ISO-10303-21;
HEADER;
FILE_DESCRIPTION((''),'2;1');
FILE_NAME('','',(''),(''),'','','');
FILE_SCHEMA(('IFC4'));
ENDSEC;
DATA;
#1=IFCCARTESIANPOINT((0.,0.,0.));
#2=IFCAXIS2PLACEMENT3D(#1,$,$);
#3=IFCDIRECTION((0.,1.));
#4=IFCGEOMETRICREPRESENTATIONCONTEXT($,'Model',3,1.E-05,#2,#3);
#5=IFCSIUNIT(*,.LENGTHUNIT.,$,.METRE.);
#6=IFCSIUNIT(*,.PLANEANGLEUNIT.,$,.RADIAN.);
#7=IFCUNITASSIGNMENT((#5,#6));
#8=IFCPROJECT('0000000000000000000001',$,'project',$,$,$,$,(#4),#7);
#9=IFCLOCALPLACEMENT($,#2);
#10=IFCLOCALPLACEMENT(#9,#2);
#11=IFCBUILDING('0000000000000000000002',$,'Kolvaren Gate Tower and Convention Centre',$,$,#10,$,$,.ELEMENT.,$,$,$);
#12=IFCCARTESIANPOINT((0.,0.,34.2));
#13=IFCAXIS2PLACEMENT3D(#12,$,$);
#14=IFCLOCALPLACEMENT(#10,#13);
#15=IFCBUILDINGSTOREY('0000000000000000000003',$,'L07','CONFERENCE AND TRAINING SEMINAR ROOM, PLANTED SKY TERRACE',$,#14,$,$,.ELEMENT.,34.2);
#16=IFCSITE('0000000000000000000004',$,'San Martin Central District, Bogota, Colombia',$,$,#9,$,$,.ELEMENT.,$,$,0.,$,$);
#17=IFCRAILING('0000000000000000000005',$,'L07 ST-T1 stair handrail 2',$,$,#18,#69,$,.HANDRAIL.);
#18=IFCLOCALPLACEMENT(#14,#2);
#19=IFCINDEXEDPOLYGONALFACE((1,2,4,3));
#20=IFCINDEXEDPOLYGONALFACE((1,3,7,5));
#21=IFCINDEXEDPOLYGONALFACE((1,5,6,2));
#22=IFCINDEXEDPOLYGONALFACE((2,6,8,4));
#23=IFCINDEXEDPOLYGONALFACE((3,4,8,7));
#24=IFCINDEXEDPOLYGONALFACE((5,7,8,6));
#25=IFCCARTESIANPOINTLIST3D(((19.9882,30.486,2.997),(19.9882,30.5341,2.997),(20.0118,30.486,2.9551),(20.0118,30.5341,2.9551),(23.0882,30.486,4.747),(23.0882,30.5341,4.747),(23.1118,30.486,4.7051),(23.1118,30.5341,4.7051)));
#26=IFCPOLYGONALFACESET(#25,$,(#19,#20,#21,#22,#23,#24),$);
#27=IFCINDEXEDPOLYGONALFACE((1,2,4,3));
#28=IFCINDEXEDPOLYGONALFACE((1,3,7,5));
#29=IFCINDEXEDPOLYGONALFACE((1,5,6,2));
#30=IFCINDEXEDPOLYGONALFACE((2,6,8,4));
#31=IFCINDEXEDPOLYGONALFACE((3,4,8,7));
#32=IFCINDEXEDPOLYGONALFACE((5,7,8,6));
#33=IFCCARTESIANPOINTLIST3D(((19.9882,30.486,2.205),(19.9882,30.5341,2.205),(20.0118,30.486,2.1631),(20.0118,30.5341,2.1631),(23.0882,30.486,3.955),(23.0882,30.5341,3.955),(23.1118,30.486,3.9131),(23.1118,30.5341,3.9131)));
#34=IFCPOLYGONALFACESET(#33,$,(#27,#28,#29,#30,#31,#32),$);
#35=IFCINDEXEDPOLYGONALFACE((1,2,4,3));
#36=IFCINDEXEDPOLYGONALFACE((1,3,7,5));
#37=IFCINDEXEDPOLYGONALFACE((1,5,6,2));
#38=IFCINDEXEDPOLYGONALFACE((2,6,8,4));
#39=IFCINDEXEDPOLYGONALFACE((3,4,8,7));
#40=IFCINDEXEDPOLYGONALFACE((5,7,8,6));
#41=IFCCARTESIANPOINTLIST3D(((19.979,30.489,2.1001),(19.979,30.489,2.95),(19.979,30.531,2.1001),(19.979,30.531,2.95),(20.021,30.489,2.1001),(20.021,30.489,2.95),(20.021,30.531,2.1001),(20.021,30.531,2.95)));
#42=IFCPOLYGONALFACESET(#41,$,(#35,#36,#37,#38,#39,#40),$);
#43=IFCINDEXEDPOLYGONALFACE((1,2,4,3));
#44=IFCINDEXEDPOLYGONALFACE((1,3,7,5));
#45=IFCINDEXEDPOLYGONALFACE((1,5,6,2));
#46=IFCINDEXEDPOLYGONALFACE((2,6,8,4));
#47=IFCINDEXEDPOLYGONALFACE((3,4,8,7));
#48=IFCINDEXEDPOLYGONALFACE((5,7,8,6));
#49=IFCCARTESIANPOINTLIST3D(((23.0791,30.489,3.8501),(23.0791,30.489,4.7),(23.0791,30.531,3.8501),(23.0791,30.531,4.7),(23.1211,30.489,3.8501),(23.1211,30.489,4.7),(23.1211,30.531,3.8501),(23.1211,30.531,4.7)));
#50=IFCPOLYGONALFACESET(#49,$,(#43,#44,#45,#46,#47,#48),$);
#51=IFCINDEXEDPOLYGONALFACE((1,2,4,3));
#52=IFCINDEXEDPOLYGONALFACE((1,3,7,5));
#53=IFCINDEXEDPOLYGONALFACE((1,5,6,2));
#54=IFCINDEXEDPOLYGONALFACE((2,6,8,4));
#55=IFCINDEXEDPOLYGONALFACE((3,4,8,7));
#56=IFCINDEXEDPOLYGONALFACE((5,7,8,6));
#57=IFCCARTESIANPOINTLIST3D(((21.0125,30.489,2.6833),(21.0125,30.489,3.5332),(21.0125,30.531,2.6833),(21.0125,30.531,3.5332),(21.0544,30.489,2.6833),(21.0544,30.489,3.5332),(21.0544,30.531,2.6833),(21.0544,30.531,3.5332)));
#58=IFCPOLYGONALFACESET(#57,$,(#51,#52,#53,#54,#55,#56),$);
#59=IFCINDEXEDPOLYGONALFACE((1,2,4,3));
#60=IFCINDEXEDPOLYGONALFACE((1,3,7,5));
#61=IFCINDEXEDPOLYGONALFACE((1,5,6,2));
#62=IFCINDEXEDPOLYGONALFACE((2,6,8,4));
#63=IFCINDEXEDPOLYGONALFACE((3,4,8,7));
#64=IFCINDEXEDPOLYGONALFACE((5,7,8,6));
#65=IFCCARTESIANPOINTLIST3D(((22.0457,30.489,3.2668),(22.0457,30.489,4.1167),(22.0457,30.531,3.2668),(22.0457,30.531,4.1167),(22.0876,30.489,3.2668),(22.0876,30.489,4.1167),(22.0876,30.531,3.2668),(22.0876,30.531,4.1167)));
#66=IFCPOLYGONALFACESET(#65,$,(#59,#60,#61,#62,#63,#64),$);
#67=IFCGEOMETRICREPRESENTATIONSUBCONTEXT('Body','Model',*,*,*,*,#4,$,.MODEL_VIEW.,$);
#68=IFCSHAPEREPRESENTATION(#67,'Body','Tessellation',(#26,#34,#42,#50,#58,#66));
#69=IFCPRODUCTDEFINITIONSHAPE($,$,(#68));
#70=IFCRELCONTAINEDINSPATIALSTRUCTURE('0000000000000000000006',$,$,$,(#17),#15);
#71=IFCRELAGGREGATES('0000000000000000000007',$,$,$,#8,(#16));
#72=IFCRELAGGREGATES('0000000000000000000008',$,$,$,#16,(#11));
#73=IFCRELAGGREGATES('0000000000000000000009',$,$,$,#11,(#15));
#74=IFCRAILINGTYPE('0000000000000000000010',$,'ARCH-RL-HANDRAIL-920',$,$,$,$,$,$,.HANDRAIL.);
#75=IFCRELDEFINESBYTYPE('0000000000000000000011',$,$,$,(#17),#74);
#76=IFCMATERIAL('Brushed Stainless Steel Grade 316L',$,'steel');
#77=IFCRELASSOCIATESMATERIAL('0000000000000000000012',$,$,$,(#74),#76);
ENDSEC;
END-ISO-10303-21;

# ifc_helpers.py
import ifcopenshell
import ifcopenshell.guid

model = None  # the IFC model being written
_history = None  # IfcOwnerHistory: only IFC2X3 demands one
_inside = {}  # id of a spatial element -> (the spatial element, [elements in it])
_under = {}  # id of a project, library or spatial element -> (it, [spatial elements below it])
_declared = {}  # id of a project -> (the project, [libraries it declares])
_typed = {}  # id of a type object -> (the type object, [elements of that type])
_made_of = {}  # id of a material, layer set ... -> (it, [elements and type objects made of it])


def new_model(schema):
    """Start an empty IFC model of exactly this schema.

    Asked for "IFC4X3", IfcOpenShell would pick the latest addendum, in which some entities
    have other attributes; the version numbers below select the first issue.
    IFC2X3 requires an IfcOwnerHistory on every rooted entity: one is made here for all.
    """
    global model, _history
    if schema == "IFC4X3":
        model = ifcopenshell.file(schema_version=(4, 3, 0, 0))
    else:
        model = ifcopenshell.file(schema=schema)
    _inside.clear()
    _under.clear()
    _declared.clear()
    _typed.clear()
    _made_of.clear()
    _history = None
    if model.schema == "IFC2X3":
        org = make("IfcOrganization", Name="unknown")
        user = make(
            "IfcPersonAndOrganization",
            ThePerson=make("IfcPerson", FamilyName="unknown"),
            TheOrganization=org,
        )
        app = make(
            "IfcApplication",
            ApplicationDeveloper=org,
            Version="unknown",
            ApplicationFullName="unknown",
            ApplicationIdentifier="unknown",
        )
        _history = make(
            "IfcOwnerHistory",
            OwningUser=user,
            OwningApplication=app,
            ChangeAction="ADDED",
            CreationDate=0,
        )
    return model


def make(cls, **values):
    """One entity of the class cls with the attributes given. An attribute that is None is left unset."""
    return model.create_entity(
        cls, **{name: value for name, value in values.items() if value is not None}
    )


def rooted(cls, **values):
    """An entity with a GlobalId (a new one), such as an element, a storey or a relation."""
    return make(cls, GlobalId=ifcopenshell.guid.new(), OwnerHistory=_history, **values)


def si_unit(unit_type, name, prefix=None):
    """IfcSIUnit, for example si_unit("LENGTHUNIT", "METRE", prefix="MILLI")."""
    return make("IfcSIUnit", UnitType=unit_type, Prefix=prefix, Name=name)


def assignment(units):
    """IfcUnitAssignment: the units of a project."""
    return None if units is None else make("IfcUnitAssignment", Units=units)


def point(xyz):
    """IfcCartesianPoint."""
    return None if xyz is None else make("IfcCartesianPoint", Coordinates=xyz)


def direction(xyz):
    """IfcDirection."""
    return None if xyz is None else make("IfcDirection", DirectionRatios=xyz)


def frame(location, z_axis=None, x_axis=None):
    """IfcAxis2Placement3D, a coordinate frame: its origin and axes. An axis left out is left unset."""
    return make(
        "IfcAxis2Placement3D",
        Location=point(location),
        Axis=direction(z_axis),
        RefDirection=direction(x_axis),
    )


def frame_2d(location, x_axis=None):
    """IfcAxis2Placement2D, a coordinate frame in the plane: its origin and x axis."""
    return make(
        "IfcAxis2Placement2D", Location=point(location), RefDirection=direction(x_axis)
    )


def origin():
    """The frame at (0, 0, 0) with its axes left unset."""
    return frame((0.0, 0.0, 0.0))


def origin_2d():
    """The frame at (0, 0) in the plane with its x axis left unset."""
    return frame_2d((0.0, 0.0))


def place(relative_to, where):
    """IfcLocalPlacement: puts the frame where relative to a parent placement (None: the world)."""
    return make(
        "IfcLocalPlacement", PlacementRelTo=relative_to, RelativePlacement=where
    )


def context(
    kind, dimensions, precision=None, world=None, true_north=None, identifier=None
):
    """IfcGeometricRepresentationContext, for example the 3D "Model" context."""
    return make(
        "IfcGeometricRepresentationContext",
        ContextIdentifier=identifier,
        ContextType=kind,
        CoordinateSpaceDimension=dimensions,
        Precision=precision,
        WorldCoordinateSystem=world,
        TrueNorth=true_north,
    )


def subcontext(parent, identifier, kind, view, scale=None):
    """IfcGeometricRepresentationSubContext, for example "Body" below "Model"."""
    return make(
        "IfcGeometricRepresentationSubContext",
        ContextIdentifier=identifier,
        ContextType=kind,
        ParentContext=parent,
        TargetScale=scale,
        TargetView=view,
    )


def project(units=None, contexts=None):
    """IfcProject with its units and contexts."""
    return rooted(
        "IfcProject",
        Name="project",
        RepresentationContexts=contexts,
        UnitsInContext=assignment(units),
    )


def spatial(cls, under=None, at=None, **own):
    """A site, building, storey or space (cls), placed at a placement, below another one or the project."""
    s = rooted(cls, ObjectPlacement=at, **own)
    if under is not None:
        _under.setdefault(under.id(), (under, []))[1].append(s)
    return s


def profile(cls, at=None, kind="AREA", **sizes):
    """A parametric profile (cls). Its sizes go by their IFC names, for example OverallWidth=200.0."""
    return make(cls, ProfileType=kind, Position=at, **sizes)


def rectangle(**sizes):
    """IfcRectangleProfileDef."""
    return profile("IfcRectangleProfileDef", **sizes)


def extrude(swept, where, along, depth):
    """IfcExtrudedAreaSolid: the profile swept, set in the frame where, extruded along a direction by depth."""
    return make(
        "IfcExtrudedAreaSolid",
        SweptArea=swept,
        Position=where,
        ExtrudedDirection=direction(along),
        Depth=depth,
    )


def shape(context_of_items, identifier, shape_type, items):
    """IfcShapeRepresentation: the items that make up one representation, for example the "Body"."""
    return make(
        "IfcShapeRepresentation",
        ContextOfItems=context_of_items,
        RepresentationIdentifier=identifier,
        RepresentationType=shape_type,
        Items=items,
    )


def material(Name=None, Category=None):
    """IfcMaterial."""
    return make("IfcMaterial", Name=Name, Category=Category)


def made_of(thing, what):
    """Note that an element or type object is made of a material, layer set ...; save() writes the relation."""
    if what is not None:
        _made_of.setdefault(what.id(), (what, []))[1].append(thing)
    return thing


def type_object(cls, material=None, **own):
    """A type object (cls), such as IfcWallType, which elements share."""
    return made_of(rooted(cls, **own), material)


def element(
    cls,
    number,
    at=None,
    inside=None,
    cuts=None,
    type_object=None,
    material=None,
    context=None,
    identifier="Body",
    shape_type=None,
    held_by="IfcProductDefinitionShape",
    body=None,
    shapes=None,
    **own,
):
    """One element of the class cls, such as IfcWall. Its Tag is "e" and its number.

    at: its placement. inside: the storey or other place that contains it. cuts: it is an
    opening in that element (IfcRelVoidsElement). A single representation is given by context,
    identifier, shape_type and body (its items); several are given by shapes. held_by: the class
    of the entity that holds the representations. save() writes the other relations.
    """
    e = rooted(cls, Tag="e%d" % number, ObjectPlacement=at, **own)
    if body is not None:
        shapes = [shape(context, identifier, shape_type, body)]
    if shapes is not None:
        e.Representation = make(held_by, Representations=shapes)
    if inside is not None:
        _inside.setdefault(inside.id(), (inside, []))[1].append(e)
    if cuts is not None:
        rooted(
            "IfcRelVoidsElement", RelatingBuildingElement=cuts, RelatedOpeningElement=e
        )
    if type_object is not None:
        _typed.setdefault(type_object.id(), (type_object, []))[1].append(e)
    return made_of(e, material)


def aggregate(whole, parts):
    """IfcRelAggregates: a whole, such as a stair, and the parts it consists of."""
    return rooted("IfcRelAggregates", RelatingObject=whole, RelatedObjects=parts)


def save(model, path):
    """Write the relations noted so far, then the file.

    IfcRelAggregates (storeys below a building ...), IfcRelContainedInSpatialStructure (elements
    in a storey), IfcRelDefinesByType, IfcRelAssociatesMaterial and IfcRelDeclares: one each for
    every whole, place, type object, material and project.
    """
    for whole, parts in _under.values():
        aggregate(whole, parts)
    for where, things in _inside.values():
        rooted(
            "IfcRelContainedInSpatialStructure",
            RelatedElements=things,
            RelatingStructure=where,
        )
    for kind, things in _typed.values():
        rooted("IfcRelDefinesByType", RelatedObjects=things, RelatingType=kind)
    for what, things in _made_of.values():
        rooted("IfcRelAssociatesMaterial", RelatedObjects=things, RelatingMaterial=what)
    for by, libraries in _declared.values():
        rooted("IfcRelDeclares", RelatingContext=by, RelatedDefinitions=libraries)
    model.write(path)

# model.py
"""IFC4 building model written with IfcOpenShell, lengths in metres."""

from ifc_helpers import new_model, si_unit, direction, frame, origin, origin_2d, place, context, subcontext, project, spatial, rectangle, extrude, material, type_object, element, save


model = new_model("IFC4")

# Units and contexts
model_context = context("Model", 3, precision=1e-05, world=origin(), true_north=direction((0.0, 1.0)))
body_context = subcontext(model_context, "Body", "Model", "MODEL_VIEW")
ifc_project = project(units=[si_unit("LENGTHUNIT", "METRE"), si_unit("PLANEANGLEUNIT", "RADIAN")], contexts=[model_context])

# Site, building, storey
site_placement = place(None, origin())
site = spatial("IfcSite", under=ifc_project, at=site_placement, Name="San Martin Central District, Bogota, Colombia", CompositionType="ELEMENT", RefElevation=0.0)
building_placement = place(site_placement, origin())
building = spatial("IfcBuilding", under=site, at=building_placement, Name="Kolvaren Gate Tower and Convention Centre", CompositionType="ELEMENT")
storey_placement = place(building_placement, frame((0.0, 0.0, 34.2)))
storey = spatial("IfcBuildingStorey", under=building, at=storey_placement, Name="L07", Description="CONFERENCE AND TRAINING SEMINAR ROOM, PLANTED SKY TERRACE", CompositionType="ELEMENT", Elevation=34.2)

# Shared definitions
ifc_material_1 = material(Name="Brushed Stainless Steel Grade 316L", Category="steel")

# Railing
railing_type_1 = type_object("IfcRailingType", Name="ARCH-RL-HANDRAIL-920", PredefinedType="HANDRAIL", material=ifc_material_1)
railing_1_placement = place(storey_placement, frame((20.0, 30.51, 2.1001)))
element("IfcRailing", 1, at=railing_1_placement, inside=storey, type_object=railing_type_1, Name="L07 ST-T1 stair handrail 2", PredefinedType="HANDRAIL", context=body_context, shape_type="SweptSolid", body=[
    extrude(rectangle(XDim=0.0481, YDim=0.0481, at=origin_2d()), frame((0.0, 0.0, 0.876), z_axis=(0.870831, 0.0, 0.491583), x_axis=(0.0, 1.0, 0.0)), (0.0, 0.0, 1.0), 3.5598),
    extrude(rectangle(XDim=0.0481, YDim=0.0481, at=origin_2d()), frame((0.0, 0.0, 0.084), z_axis=(0.870831, 0.0, 0.491583), x_axis=(0.0, 1.0, 0.0)), (0.0, 0.0, 1.0), 3.5598),
    extrude(rectangle(XDim=0.042, YDim=0.042, at=origin_2d()), origin(), (0.0, 0.0, 1.0), 0.8499),
    extrude(rectangle(XDim=0.042, YDim=0.042, at=origin_2d()), frame((3.1001, 0.0, 1.75)), (0.0, 0.0, 1.0), 0.8499),
    extrude(rectangle(XDim=0.042, YDim=0.042, at=origin_2d()), frame((1.0334, 0.0, 0.5833)), (0.0, 0.0, 1.0), 0.8499),
    extrude(rectangle(XDim=0.042, YDim=0.042, at=origin_2d()), frame((2.0667, 0.0, 1.1667)), (0.0, 0.0, 1.0), 0.8499),
])

save(model, "model.ifc")
